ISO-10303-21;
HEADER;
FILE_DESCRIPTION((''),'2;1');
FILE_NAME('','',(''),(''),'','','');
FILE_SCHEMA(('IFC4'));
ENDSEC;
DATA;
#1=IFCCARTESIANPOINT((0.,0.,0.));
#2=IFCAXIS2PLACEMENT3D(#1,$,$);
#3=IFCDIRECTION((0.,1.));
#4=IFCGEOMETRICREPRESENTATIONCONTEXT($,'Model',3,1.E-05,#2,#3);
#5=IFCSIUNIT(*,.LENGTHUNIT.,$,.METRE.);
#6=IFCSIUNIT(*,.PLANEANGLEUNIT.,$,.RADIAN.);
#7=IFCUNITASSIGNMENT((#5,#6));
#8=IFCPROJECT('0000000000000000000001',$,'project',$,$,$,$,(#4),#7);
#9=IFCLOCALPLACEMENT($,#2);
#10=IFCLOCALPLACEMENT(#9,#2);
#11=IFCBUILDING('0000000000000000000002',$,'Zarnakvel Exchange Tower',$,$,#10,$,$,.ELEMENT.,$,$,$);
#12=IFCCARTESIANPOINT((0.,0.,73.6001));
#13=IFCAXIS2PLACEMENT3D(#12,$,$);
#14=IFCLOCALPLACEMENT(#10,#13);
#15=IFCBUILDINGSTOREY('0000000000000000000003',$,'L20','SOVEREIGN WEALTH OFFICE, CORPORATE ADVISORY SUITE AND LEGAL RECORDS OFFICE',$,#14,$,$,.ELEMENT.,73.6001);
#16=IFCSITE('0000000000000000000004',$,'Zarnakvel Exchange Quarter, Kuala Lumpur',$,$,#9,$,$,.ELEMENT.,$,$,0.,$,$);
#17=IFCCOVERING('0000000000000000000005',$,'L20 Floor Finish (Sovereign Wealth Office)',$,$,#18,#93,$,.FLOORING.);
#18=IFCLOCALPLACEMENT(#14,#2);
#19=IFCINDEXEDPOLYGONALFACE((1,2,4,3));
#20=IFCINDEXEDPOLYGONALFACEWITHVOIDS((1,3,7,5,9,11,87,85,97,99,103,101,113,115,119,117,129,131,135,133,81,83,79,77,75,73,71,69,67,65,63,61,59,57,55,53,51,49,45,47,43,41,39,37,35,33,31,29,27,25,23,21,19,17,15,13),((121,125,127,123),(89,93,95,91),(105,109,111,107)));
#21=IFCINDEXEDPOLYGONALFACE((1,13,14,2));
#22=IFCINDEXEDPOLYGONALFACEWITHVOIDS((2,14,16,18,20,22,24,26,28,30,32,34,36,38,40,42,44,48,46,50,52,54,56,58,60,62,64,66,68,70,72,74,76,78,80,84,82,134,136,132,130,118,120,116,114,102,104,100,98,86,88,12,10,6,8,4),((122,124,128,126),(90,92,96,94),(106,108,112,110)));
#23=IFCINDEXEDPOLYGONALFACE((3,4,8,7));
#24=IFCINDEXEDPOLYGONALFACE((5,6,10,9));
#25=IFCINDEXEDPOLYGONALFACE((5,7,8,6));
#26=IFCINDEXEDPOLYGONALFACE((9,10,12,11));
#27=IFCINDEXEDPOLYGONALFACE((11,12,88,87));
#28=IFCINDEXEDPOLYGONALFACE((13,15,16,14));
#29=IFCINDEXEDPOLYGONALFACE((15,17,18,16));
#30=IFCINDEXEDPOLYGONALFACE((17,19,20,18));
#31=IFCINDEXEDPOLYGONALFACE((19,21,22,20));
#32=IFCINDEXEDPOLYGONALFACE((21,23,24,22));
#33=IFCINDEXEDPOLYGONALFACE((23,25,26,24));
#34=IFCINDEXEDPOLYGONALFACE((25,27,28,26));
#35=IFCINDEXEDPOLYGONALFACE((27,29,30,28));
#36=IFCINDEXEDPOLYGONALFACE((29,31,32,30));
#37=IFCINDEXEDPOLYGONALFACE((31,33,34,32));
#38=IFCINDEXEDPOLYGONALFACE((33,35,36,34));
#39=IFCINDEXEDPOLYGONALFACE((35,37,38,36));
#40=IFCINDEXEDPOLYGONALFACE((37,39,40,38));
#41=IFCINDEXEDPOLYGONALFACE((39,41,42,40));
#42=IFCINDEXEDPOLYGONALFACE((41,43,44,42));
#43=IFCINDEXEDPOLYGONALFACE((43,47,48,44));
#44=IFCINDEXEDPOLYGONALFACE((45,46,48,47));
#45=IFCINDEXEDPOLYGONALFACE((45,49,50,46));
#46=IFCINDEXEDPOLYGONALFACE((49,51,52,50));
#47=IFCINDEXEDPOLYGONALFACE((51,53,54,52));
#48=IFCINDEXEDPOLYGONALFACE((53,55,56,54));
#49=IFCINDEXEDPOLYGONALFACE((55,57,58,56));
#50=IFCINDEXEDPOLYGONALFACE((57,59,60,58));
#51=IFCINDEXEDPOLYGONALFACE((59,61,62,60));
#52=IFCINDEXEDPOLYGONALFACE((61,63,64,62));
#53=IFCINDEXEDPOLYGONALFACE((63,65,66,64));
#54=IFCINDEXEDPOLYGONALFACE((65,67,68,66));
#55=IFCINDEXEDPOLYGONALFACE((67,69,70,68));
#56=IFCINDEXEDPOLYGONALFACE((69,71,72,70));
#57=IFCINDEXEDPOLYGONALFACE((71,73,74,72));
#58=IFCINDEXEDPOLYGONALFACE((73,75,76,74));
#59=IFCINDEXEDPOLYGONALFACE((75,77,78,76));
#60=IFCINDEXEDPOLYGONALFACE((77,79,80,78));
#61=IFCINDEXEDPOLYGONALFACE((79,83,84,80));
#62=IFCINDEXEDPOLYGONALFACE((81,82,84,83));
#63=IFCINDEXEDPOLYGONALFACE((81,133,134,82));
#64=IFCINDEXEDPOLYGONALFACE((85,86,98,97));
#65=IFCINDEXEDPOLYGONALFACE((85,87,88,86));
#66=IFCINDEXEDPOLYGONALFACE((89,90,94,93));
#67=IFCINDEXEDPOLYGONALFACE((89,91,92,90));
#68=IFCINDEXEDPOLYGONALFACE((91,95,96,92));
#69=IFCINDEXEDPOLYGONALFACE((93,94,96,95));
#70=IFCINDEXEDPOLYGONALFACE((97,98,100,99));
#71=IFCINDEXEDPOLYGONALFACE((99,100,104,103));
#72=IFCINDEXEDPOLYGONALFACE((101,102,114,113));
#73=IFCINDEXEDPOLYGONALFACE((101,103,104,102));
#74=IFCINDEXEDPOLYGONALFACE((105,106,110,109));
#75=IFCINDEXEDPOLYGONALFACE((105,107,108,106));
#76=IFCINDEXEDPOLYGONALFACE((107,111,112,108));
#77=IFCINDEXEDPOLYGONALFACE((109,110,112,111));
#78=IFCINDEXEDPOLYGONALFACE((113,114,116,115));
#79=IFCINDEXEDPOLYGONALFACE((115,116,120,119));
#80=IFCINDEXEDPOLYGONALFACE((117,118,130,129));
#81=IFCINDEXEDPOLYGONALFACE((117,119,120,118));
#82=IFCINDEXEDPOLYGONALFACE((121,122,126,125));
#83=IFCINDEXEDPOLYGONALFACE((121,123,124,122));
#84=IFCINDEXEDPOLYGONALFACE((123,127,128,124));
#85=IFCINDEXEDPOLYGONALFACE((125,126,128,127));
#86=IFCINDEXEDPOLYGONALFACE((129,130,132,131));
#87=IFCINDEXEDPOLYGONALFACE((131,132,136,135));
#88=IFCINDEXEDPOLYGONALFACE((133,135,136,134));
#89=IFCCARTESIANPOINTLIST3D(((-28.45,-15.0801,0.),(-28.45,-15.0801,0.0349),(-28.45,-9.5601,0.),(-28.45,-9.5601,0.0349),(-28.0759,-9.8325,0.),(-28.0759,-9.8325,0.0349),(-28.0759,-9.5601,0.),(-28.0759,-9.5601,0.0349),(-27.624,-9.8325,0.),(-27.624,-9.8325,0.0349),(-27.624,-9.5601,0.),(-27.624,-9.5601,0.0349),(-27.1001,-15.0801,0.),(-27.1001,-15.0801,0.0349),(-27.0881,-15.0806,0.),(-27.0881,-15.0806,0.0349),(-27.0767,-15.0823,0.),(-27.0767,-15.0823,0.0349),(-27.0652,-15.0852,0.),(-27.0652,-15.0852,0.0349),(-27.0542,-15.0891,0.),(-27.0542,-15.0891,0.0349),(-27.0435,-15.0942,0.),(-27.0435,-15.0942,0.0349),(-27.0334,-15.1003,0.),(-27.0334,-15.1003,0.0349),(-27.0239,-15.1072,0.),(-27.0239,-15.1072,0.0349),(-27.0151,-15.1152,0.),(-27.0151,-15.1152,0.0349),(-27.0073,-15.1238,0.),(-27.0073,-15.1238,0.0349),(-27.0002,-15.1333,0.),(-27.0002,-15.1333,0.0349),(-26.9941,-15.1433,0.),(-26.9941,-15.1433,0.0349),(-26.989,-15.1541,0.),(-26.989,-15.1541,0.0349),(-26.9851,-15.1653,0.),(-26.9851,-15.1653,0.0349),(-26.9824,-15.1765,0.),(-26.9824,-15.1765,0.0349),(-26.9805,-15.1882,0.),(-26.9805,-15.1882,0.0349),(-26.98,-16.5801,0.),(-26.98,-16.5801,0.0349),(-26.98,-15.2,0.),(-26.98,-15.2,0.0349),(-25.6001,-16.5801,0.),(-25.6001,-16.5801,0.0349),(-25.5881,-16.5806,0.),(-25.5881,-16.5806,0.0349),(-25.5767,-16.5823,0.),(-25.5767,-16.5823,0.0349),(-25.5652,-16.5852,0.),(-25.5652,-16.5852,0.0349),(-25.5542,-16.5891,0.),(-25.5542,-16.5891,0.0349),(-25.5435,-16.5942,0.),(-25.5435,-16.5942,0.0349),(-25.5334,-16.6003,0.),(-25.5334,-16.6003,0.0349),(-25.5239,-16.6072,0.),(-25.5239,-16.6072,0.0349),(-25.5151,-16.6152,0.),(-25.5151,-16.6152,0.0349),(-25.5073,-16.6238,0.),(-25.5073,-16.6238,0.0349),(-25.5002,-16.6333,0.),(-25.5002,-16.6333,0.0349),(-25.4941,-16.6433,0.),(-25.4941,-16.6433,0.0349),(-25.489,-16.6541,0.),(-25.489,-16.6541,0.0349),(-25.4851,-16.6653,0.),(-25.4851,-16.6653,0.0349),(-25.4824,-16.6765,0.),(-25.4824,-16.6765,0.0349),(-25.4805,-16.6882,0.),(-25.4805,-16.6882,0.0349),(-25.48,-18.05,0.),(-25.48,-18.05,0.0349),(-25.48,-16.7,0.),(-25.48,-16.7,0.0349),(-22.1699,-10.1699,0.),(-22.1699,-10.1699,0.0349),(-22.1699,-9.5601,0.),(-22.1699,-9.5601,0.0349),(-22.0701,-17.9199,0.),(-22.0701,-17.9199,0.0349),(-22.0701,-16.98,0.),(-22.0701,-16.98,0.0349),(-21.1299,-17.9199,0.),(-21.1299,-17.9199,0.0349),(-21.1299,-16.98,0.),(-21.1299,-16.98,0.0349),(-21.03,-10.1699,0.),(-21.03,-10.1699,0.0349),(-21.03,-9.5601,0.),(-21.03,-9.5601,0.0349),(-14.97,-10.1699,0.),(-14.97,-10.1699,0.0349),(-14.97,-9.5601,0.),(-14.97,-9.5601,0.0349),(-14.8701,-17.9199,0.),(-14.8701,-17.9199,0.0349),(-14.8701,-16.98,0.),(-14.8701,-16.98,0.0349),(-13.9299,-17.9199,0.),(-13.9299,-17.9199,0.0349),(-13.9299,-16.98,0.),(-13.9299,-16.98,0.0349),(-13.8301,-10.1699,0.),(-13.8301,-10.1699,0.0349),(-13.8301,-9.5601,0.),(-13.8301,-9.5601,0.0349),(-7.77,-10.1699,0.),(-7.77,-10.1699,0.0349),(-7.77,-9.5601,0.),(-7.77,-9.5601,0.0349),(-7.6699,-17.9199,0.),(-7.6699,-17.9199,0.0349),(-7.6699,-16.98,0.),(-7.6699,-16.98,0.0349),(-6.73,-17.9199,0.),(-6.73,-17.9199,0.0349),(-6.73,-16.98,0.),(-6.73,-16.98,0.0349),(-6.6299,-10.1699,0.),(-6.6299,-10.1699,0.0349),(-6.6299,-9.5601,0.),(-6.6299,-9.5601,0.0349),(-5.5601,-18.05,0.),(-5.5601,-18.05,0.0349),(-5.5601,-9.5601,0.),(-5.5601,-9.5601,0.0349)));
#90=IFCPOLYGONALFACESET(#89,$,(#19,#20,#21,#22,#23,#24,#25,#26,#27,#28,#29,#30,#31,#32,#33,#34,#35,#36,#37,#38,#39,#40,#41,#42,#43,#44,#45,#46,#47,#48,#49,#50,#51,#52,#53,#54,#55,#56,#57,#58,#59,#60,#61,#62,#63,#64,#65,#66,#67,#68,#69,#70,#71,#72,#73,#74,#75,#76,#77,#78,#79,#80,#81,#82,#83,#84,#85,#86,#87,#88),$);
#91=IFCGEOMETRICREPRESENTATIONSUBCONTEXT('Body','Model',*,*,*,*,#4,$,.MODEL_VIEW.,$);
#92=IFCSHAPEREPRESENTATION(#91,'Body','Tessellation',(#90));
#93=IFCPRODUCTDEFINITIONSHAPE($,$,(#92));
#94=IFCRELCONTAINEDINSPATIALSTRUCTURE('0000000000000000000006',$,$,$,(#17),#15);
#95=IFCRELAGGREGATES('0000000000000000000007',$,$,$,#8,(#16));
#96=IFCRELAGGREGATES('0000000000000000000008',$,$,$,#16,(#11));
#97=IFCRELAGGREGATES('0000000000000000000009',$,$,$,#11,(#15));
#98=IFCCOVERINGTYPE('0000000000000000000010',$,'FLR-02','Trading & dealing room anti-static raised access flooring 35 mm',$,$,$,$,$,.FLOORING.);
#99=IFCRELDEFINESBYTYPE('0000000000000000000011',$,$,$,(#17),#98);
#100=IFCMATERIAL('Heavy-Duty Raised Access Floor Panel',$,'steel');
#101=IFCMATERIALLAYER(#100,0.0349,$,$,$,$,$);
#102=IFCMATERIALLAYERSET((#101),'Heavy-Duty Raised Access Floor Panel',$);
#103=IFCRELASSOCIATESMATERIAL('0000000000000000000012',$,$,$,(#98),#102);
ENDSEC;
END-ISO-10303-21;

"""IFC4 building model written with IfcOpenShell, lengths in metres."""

from ifc_helpers import new_model, si_unit, direction, frame, origin, place, context, subcontext, project, spatial, polyline, outline, extrude, material, layer, layer_set, type_object, element, save


model = new_model("IFC4")

# Units and contexts
model_context = context("Model", 3, precision=1e-05, world=origin(), true_north=direction((0.0, 1.0)))
body_context = subcontext(model_context, "Body", "Model", "MODEL_VIEW")
ifc_project = project(units=[si_unit("LENGTHUNIT", "METRE"), si_unit("PLANEANGLEUNIT", "RADIAN")], contexts=[model_context])

# Site, building, storey
site_placement = place(None, origin())
site = spatial("IfcSite", under=ifc_project, at=site_placement, Name="Zarnakvel Exchange Quarter, Kuala Lumpur", CompositionType="ELEMENT", RefElevation=0.0)
building_placement = place(site_placement, origin())
building = spatial("IfcBuilding", under=site, at=building_placement, Name="Zarnakvel Exchange Tower", CompositionType="ELEMENT")
storey_placement = place(building_placement, frame((0.0, 0.0, 73.6001)))
storey = spatial("IfcBuildingStorey", under=building, at=storey_placement, Name="L20", Description="SOVEREIGN WEALTH OFFICE, CORPORATE ADVISORY SUITE AND LEGAL RECORDS OFFICE", CompositionType="ELEMENT", Elevation=73.6001)

# Covering
ifc_material_1 = material(Name="Heavy-Duty Raised Access Floor Panel", Category="steel")
ifc_layer_1 = layer(ifc_material_1, 0.0349)
ifc_layer_set_1 = layer_set([ifc_layer_1], Name="Heavy-Duty Raised Access Floor Panel")
covering_type_1 = type_object("IfcCoveringType", Name="FLR-02", Description="Trading & dealing room anti-static raised access flooring 35 mm", PredefinedType="FLOORING", material=ifc_layer_set_1)
covering_1_placement = place(storey_placement, origin())
element("IfcCovering", 1, at=covering_1_placement, inside=storey, type_object=covering_type_1, Name="L20 Floor Finish (Sovereign Wealth Office)", PredefinedType="FLOORING", context=body_context, shape_type="SweptSolid", body=[
    extrude(outline(polyline([(-28.0759, -9.5601), (-28.0759, -9.8325), (-27.624, -9.8325), (-27.624, -9.5601), (-22.1699, -9.5601), (-22.1699, -10.1699), (-21.03, -10.1699), (-21.03, -9.5601), (-14.97, -9.5601), (-14.97, -10.1699), (-13.8301, -10.1699), (-13.8301, -9.5601), (-7.77, -9.5601), (-7.77, -10.1699), (-6.6299, -10.1699), (-6.6299, -9.5601), (-5.5601, -9.5601), (-5.5601, -18.05), (-25.48, -18.05), (-25.48, -16.7), (-25.4805, -16.6882), (-25.4824, -16.6765), (-25.4851, -16.6653), (-25.489, -16.6541), (-25.4941, -16.6433), (-25.5002, -16.6333), (-25.5073, -16.6238), (-25.5151, -16.6152), (-25.5239, -16.6072), (-25.5334, -16.6003), (-25.5435, -16.5942), (-25.5542, -16.5891), (-25.5652, -16.5852), (-25.5767, -16.5823), (-25.5881, -16.5806), (-25.6001, -16.5801), (-26.98, -16.5801), (-26.98, -15.2), (-26.9805, -15.1882), (-26.9824, -15.1765), (-26.9851, -15.1653), (-26.989, -15.1541), (-26.9941, -15.1433), (-27.0002, -15.1333), (-27.0073, -15.1238), (-27.0151, -15.1152), (-27.0239, -15.1072), (-27.0334, -15.1003), (-27.0435, -15.0942), (-27.0542, -15.0891), (-27.0652, -15.0852), (-27.0767, -15.0823), (-27.0881, -15.0806), (-27.1001, -15.0801), (-28.45, -15.0801), (-28.45, -9.5601), (-28.0759, -9.5601)]), holes=[polyline([(-6.73, -17.9199), (-6.73, -16.98), (-7.6699, -16.98), (-7.6699, -17.9199), (-6.73, -17.9199)]), polyline([(-13.9299, -17.9199), (-13.9299, -16.98), (-14.8701, -16.98), (-14.8701, -17.9199), (-13.9299, -17.9199)]), polyline([(-21.1299, -17.9199), (-21.1299, -16.98), (-22.0701, -16.98), (-22.0701, -17.9199), (-21.1299, -17.9199)])]), origin(), (0.0, 0.0, 1.0), 0.0349),
])

save(model, "model.ifc")
